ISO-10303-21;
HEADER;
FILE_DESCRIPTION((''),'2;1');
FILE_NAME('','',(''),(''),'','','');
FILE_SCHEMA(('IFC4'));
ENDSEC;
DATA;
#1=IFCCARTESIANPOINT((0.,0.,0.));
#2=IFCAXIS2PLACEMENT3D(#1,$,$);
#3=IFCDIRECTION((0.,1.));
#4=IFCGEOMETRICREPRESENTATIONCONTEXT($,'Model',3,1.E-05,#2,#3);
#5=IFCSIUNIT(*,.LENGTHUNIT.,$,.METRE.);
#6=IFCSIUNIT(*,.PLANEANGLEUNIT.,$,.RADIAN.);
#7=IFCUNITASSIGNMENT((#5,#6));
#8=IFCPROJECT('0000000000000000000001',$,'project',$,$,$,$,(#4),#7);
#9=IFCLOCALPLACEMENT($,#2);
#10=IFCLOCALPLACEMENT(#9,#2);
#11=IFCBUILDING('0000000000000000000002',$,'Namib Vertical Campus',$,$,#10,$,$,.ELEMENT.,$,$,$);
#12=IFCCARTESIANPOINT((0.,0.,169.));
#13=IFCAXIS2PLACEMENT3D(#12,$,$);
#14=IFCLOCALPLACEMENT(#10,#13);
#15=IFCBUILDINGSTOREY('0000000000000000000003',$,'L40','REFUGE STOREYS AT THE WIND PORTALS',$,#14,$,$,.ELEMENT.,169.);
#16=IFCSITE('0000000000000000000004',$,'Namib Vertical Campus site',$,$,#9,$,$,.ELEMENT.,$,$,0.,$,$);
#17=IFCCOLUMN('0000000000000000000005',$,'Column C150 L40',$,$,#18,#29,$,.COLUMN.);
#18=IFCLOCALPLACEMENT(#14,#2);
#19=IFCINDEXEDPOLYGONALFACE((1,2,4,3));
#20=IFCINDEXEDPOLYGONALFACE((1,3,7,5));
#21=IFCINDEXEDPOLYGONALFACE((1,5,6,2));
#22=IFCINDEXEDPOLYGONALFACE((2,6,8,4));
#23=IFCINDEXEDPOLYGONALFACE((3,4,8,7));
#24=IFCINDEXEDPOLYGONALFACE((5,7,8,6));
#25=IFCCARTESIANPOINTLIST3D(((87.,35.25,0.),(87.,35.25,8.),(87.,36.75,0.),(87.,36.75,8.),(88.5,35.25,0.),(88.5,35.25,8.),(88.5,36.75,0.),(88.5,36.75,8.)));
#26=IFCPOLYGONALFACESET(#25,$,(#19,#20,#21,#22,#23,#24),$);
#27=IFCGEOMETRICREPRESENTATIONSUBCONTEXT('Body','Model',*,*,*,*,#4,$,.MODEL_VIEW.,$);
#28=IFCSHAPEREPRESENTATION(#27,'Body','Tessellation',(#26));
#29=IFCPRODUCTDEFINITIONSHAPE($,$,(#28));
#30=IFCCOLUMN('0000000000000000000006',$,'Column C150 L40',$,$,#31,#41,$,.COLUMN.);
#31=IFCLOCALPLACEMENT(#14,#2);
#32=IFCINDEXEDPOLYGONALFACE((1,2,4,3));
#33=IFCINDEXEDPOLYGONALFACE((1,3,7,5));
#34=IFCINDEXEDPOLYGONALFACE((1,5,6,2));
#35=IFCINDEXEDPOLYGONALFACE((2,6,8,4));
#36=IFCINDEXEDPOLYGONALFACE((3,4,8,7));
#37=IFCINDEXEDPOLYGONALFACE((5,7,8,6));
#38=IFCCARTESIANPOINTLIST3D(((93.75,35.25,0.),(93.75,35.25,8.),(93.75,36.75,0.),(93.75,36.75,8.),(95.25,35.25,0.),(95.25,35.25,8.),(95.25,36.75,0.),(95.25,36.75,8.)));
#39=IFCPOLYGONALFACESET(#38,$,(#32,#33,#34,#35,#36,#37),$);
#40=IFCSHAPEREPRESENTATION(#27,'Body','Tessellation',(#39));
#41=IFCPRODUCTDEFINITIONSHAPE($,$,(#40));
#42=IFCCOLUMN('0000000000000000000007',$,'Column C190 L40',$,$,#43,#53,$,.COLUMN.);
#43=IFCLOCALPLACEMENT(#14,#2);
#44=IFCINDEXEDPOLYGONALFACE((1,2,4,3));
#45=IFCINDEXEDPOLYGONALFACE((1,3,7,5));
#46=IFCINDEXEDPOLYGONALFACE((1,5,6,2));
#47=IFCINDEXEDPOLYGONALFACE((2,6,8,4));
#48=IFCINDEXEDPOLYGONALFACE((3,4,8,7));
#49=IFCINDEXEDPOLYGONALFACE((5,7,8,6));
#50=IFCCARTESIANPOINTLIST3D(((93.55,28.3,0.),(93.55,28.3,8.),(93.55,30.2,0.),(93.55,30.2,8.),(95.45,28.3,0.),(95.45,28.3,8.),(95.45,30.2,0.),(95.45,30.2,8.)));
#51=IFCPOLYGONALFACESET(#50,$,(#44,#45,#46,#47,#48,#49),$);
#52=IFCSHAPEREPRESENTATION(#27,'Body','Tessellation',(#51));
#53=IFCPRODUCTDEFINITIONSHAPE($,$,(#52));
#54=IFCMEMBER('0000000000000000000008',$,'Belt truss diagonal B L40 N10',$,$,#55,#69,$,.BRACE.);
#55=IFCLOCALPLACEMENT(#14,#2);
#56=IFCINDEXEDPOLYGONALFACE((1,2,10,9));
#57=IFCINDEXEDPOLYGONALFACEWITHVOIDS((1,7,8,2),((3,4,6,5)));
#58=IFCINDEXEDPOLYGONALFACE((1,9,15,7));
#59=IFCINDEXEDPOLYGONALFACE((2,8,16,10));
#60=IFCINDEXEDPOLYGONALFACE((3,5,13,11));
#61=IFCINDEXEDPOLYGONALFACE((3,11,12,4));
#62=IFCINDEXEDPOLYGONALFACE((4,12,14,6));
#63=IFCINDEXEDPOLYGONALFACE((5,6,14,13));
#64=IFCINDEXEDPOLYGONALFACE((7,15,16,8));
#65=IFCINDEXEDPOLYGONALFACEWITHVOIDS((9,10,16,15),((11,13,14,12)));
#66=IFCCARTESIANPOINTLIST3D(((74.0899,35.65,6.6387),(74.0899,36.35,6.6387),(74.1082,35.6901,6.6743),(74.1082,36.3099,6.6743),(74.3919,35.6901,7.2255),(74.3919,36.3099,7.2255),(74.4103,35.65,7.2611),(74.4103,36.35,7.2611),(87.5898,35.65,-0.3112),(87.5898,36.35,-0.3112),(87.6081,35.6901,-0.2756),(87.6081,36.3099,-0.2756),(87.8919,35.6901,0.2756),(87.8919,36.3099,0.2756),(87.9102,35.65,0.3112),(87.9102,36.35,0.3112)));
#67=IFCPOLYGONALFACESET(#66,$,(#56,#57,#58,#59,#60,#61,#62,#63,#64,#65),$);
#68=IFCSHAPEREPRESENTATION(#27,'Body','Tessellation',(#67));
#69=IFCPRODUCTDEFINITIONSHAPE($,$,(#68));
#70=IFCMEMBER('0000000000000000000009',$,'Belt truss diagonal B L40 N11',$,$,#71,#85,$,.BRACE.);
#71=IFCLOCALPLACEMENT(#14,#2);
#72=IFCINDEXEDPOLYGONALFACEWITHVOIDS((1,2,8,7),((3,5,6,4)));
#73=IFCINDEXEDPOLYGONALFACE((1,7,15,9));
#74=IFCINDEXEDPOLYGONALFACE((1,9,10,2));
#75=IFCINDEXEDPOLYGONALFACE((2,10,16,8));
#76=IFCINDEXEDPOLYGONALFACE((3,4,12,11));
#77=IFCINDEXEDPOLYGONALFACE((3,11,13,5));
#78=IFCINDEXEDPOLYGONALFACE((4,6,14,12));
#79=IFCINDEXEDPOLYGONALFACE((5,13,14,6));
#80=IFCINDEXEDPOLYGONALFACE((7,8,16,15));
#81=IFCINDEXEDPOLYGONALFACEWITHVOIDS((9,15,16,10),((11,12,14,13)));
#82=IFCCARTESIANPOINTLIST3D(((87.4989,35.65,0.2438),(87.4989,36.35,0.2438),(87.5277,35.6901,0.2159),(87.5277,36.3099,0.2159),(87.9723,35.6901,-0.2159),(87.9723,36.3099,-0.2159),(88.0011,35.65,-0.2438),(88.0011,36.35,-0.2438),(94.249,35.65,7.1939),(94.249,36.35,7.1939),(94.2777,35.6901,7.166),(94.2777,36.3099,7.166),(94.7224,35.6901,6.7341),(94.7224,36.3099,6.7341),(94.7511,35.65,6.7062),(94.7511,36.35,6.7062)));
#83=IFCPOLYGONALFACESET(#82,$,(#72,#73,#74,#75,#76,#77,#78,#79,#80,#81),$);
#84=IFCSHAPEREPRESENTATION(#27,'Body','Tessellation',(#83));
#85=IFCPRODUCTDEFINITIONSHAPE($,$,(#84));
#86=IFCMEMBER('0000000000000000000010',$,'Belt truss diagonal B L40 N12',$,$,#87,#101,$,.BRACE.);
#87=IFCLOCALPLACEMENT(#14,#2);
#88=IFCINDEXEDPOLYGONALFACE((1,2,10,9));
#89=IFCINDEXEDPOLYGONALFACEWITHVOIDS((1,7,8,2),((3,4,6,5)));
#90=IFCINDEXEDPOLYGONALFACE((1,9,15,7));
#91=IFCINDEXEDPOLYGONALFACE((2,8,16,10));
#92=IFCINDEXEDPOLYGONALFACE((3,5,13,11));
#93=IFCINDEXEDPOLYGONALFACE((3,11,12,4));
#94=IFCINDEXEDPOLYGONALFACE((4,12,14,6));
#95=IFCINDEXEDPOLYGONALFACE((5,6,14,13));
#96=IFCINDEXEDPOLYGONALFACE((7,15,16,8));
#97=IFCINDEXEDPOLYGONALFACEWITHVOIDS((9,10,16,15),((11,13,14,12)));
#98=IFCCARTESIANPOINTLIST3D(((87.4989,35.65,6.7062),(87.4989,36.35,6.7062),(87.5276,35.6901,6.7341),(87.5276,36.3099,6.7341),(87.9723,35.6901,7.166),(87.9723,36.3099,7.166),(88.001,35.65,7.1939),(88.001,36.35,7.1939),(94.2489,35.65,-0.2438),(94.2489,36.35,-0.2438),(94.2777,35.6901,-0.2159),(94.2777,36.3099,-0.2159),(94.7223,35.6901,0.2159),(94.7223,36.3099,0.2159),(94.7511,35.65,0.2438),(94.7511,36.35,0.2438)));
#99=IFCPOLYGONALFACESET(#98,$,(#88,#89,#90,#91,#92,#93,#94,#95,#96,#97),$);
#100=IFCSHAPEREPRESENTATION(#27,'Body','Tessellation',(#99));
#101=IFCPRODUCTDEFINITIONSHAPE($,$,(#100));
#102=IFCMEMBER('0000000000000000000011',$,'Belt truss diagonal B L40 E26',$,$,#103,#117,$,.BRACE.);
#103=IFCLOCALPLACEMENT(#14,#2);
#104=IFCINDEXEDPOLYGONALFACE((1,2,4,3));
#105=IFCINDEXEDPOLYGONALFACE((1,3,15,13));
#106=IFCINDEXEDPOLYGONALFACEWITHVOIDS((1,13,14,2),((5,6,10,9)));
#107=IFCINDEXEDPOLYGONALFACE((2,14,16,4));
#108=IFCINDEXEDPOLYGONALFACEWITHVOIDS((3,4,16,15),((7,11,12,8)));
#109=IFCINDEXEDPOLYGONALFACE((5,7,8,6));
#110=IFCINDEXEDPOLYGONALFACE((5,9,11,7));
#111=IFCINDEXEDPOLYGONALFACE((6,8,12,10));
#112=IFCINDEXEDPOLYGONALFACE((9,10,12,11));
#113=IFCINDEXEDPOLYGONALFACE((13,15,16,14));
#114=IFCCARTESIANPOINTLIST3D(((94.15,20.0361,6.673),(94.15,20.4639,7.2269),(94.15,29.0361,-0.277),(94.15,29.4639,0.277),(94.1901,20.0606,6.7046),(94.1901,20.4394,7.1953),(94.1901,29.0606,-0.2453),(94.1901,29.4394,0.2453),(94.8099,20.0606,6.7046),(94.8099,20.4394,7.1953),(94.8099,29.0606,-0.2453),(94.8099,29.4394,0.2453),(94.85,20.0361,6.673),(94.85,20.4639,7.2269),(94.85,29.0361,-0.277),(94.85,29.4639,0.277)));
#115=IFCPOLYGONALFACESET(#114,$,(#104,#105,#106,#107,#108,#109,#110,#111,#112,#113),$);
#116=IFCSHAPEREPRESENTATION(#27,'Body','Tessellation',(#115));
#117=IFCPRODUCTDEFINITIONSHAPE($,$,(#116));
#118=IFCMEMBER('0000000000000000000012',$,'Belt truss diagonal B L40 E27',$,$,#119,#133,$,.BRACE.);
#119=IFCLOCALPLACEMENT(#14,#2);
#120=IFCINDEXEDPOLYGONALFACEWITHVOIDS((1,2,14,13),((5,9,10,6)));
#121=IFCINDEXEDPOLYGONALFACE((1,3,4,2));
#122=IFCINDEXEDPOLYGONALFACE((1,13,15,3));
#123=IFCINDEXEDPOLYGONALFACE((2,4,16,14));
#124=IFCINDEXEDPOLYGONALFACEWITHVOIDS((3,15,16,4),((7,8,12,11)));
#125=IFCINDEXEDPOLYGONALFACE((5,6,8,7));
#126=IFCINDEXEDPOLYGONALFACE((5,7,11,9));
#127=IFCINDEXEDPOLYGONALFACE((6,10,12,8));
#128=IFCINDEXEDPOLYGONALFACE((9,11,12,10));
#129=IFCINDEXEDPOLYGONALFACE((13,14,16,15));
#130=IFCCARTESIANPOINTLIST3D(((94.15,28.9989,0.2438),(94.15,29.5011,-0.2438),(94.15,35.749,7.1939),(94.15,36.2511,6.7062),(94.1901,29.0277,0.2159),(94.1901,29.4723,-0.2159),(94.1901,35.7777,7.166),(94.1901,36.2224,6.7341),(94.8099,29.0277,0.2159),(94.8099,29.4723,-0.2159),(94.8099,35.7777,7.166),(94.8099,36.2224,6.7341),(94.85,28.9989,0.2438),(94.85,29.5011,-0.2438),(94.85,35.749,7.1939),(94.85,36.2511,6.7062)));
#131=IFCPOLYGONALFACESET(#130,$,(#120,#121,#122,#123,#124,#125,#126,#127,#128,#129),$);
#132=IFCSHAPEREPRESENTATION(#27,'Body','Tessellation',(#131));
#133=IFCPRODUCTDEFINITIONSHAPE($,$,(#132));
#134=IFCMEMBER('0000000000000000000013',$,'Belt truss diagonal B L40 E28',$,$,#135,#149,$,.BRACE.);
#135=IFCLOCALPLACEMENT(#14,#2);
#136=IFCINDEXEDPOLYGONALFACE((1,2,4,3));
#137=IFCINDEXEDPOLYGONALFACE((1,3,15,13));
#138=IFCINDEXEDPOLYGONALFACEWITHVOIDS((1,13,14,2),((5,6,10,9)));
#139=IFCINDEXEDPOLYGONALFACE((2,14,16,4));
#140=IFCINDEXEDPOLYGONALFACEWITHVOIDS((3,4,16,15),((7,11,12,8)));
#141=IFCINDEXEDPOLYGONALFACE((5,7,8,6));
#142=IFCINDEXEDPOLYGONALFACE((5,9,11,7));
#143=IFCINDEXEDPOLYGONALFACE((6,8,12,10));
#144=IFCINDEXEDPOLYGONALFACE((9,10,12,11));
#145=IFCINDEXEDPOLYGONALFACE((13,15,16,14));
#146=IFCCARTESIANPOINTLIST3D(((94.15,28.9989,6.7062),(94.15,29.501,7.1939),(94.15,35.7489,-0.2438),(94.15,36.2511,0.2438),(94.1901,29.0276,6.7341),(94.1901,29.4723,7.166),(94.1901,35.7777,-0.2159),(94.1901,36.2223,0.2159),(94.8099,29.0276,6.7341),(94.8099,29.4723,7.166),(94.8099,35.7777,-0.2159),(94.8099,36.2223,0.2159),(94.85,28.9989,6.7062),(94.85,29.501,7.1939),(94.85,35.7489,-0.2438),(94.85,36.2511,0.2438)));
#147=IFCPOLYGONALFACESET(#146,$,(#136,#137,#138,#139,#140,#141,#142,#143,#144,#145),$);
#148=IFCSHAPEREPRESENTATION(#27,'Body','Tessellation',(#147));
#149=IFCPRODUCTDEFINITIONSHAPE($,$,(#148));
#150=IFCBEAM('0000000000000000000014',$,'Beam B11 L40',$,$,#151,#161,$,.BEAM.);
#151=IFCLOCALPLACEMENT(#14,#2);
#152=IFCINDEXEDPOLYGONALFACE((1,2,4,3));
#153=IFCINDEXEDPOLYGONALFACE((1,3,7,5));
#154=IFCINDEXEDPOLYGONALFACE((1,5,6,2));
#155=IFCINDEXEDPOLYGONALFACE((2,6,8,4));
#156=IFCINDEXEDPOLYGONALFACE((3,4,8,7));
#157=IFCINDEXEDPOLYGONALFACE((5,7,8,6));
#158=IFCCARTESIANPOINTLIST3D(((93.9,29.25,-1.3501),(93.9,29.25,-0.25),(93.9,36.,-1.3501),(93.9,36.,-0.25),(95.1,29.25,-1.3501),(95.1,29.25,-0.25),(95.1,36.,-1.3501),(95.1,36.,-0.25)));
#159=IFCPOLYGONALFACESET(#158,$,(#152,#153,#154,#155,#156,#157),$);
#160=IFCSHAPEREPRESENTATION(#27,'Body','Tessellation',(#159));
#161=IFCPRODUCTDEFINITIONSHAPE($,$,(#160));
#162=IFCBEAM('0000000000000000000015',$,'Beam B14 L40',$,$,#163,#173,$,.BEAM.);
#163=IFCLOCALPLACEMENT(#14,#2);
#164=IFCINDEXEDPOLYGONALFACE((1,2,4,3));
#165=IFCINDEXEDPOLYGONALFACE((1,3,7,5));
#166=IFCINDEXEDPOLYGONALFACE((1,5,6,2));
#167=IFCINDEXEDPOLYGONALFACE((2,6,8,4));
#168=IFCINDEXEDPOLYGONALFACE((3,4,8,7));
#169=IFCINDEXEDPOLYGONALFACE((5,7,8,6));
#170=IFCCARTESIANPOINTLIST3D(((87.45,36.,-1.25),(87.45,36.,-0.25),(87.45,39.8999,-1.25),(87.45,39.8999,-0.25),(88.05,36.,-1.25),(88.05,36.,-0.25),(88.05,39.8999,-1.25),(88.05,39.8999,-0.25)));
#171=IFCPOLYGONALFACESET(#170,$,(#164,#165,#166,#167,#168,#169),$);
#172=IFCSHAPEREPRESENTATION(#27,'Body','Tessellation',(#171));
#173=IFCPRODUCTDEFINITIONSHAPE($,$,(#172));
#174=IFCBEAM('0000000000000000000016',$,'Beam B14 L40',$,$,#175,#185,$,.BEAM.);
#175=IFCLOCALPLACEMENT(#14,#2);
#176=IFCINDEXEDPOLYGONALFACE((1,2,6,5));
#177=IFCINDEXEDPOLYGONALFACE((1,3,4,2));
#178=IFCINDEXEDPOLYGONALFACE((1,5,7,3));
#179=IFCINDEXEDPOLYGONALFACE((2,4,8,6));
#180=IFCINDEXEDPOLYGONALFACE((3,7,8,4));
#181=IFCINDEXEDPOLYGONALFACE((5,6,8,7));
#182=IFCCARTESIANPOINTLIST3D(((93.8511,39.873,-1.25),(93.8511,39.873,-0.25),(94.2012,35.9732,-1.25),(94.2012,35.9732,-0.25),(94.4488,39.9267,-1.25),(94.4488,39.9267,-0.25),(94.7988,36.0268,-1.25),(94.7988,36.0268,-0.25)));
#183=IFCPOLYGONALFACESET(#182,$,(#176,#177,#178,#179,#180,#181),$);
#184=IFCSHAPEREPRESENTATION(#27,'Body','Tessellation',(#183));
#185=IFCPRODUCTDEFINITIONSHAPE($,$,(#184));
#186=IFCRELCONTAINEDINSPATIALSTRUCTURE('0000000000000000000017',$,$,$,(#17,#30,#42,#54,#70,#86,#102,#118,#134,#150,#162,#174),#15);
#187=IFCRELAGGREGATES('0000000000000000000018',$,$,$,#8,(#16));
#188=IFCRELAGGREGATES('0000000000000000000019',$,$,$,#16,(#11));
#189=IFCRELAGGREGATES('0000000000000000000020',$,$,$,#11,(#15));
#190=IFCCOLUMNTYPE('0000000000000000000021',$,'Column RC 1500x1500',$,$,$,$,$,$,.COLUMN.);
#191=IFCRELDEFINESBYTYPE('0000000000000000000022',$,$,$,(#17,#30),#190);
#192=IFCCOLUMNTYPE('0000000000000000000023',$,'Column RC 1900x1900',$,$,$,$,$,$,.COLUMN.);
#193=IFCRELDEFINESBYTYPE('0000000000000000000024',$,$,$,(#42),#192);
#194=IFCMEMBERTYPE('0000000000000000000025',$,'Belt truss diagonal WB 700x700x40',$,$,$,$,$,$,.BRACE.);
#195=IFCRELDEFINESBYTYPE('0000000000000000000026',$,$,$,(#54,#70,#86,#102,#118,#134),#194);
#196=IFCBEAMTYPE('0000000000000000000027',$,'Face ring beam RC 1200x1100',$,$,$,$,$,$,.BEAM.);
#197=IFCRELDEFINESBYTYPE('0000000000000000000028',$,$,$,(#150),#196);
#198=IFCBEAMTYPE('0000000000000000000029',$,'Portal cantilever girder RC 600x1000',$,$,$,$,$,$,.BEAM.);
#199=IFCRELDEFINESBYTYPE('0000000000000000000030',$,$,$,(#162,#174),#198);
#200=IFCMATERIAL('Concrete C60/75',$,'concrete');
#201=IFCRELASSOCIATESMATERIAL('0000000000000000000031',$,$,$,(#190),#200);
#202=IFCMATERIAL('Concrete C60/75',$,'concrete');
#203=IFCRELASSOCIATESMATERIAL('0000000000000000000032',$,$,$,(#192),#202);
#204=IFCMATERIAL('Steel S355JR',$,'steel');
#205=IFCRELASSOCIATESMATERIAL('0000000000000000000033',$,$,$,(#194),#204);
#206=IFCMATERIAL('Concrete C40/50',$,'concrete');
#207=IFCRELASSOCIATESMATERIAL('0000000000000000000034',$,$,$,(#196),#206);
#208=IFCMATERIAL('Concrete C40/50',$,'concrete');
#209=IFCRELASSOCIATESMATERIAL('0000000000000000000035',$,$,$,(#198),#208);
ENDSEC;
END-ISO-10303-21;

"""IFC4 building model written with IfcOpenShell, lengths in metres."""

from ifc_helpers import new_model, si_unit, direction, frame, origin, origin_2d, place, context, subcontext, project, spatial, rectangle, hollow_rectangle, extrude, material, material_profile, profile_set, type_object, element, save


model = new_model("IFC4")

# Units and contexts
model_context = context("Model", 3, precision=1e-05, world=origin(), true_north=direction((0.0, 1.0)))
body_context = subcontext(model_context, "Body", "Model", "MODEL_VIEW")
ifc_project = project(units=[si_unit("LENGTHUNIT", "METRE"), si_unit("PLANEANGLEUNIT", "RADIAN")], contexts=[model_context])

# Site, building, storey
site_placement = place(None, origin())
site = spatial("IfcSite", under=ifc_project, at=site_placement, Name="Namib Vertical Campus site", CompositionType="ELEMENT", RefElevation=0.0)
building_placement = place(site_placement, origin())
building = spatial("IfcBuilding", under=site, at=building_placement, Name="Namib Vertical Campus", CompositionType="ELEMENT")
storey_placement = place(building_placement, frame((0.0, 0.0, 169.0)))
storey = spatial("IfcBuildingStorey", under=building, at=storey_placement, Name="L40", Description="REFUGE STOREYS AT THE WIND PORTALS", CompositionType="ELEMENT", Elevation=169.0)

# Columns
ifc_material_1 = material(Name="Concrete C60/75", Category="concrete")
ifc_material_profile_1 = material_profile(ifc_material_1, rectangle(XDim=1.5, YDim=1.5, at=origin_2d()))
ifc_profile_set_1 = profile_set([ifc_material_profile_1], Name="Concrete C60/75")
column_type_1 = type_object("IfcColumnType", Name="Column RC 1500x1500", PredefinedType="COLUMN", material=ifc_profile_set_1)
for number, where, z_axis, x_axis, name in (
    (1, (87.75, 36.0, 0.0), (0.0, 0.0, 1.0), (1.0, 0.0, 0.0), "Column C150 L40"),
    (2, (94.5, 36.0, 0.0), (0.0, 0.0, 1.0), (1.0, 0.0, 0.0), "Column C150 L40"),
):
    element("IfcColumn", number, at=place(storey_placement, frame(where, z_axis=z_axis, x_axis=x_axis)), inside=storey, type_object=column_type_1, Name=name, PredefinedType="COLUMN", context=body_context, shape_type="SweptSolid", body=[
        extrude(rectangle(XDim=1.5, YDim=1.5, at=origin_2d()), origin(), (0.0, 0.0, 1.0), 8.0),
    ])
ifc_material_2 = material(Name="Concrete C60/75", Category="concrete")
ifc_material_profile_2 = material_profile(ifc_material_2, rectangle(XDim=1.8999, YDim=1.8999, at=origin_2d()))
ifc_profile_set_2 = profile_set([ifc_material_profile_2], Name="Concrete C60/75")
column_type_2 = type_object("IfcColumnType", Name="Column RC 1900x1900", PredefinedType="COLUMN", material=ifc_profile_set_2)
column_placement = place(storey_placement, frame((94.5, 29.25, 0.0), z_axis=(0.0, 0.0, 1.0), x_axis=(1.0, 0.0, 0.0)))
element("IfcColumn", 3, at=column_placement, inside=storey, type_object=column_type_2, Name="Column C190 L40", PredefinedType="COLUMN", context=body_context, shape_type="SweptSolid", body=[
    extrude(rectangle(XDim=1.8999, YDim=1.8999, at=origin_2d()), origin(), (0.0, 0.0, 1.0), 8.0),
])

# Members
ifc_material_3 = material(Name="Steel S355JR", Category="steel")
ifc_material_profile_3 = material_profile(ifc_material_3, hollow_rectangle(XDim=0.7, YDim=0.7, WallThickness=0.04, at=origin_2d()))
ifc_profile_set_3 = profile_set([ifc_material_profile_3], Name="Steel S355JR")
member_type = type_object("IfcMemberType", Name="Belt truss diagonal WB 700x700x40", PredefinedType="BRACE", material=ifc_profile_set_3)
member_1_placement = place(storey_placement, frame((87.75, 36.0, 0.0), z_axis=(-0.889098, 0.0, 0.457717), x_axis=(0.0, -1.0, 0.0)))
element("IfcMember", 4, at=member_1_placement, inside=storey, type_object=member_type, Name="Belt truss diagonal B L40 N10", PredefinedType="BRACE", context=body_context, shape_type="SweptSolid", body=[
    extrude(hollow_rectangle(XDim=0.7, YDim=0.7, WallThickness=0.04, at=origin_2d()), origin(), (0.0, 0.0, 1.0), 15.1838),
])
for number, where, z_axis, x_axis, name in (
    (5, (87.75, 36.0, 0.0), (0.696712, 0.0, 0.717351), (0.0, 1.0, 0.0), "Belt truss diagonal B L40 N11"),
    (6, (94.5, 36.0, 0.0), (-0.696712, 0.0, 0.717351), (0.0, -1.0, 0.0), "Belt truss diagonal B L40 N12"),
):
    element("IfcMember", number, at=place(storey_placement, frame(where, z_axis=z_axis, x_axis=x_axis)), inside=storey, type_object=member_type, Name=name, PredefinedType="BRACE", context=body_context, shape_type="SweptSolid", body=[
        extrude(hollow_rectangle(XDim=0.7, YDim=0.7, WallThickness=0.04, at=origin_2d()), origin(), (0.0, 0.0, 1.0), 9.6885),
    ])
member_2_placement = place(storey_placement, frame((94.5, 29.25, 0.0), z_axis=(0.0, -0.79148, 0.611194), x_axis=(1.0, 0.0, 0.0)))
element("IfcMember", 7, at=member_2_placement, inside=storey, type_object=member_type, Name="Belt truss diagonal B L40 E26", PredefinedType="BRACE", context=body_context, shape_type="SweptSolid", body=[
    extrude(hollow_rectangle(XDim=0.7, YDim=0.7, WallThickness=0.04, at=origin_2d()), origin(), (0.0, 0.0, 1.0), 11.3711),
])
for number, where, z_axis, x_axis, name in (
    (8, (94.5, 29.25, 0.0), (0.0, 0.696712, 0.717351), (-1.0, 0.0, 0.0), "Belt truss diagonal B L40 E27"),
    (9, (94.5, 36.0, 0.0), (0.0, -0.696712, 0.717351), (1.0, 0.0, 0.0), "Belt truss diagonal B L40 E28"),
):
    element("IfcMember", number, at=place(storey_placement, frame(where, z_axis=z_axis, x_axis=x_axis)), inside=storey, type_object=member_type, Name=name, PredefinedType="BRACE", context=body_context, shape_type="SweptSolid", body=[
        extrude(hollow_rectangle(XDim=0.7, YDim=0.7, WallThickness=0.04, at=origin_2d()), origin(), (0.0, 0.0, 1.0), 9.6885),
    ])

# Beams
ifc_material_4 = material(Name="Concrete C40/50", Category="concrete")
ifc_material_profile_4 = material_profile(ifc_material_4, rectangle(XDim=1.2, YDim=1.1001, at=origin_2d()))
ifc_profile_set_4 = profile_set([ifc_material_profile_4], Name="Concrete C40/50")
beam_type_1 = type_object("IfcBeamType", Name="Face ring beam RC 1200x1100", PredefinedType="BEAM", material=ifc_profile_set_4)
beam_1_placement = place(storey_placement, frame((94.5, 29.25, -0.8), z_axis=(0.0, 1.0, 0.0), x_axis=(-1.0, 0.0, 0.0)))
element("IfcBeam", 10, at=beam_1_placement, inside=storey, type_object=beam_type_1, Name="Beam B11 L40", PredefinedType="BEAM", context=body_context, shape_type="SweptSolid", body=[
    extrude(rectangle(XDim=1.2, YDim=1.1001, at=origin_2d()), origin(), (0.0, 0.0, 1.0), 6.75),
])
ifc_material_5 = material(Name="Concrete C40/50", Category="concrete")
ifc_material_profile_5 = material_profile(ifc_material_5, rectangle(XDim=0.6001, YDim=1.0, at=origin_2d()))
ifc_profile_set_5 = profile_set([ifc_material_profile_5], Name="Concrete C40/50")
beam_type_2 = type_object("IfcBeamType", Name="Portal cantilever girder RC 600x1000", PredefinedType="BEAM", material=ifc_profile_set_5)
beam_2_placement = place(storey_placement, frame((87.75, 36.0, -0.75), z_axis=(0.0, 1.0, 0.0), x_axis=(-1.0, 0.0, 0.0)))
element("IfcBeam", 11, at=beam_2_placement, inside=storey, type_object=beam_type_2, Name="Beam B14 L40", PredefinedType="BEAM", context=body_context, shape_type="SweptSolid", body=[
    extrude(rectangle(XDim=0.6001, YDim=1.0, at=origin_2d()), origin(), (0.0, 0.0, 1.0), 3.8999),
])
beam_3_placement = place(storey_placement, frame((94.5, 36.0, -0.75), z_axis=(-0.089411, 0.995995, 0.0), x_axis=(-0.995995, -0.089411, 0.0)))
element("IfcBeam", 12, at=beam_3_placement, inside=storey, type_object=beam_type_2, Name="Beam B14 L40", PredefinedType="BEAM", context=body_context, shape_type="SweptSolid", body=[
    extrude(rectangle(XDim=0.6001, YDim=1.0, at=origin_2d()), origin(), (0.0, 0.0, 1.0), 3.9155),
])

save(model, "model.ifc")
